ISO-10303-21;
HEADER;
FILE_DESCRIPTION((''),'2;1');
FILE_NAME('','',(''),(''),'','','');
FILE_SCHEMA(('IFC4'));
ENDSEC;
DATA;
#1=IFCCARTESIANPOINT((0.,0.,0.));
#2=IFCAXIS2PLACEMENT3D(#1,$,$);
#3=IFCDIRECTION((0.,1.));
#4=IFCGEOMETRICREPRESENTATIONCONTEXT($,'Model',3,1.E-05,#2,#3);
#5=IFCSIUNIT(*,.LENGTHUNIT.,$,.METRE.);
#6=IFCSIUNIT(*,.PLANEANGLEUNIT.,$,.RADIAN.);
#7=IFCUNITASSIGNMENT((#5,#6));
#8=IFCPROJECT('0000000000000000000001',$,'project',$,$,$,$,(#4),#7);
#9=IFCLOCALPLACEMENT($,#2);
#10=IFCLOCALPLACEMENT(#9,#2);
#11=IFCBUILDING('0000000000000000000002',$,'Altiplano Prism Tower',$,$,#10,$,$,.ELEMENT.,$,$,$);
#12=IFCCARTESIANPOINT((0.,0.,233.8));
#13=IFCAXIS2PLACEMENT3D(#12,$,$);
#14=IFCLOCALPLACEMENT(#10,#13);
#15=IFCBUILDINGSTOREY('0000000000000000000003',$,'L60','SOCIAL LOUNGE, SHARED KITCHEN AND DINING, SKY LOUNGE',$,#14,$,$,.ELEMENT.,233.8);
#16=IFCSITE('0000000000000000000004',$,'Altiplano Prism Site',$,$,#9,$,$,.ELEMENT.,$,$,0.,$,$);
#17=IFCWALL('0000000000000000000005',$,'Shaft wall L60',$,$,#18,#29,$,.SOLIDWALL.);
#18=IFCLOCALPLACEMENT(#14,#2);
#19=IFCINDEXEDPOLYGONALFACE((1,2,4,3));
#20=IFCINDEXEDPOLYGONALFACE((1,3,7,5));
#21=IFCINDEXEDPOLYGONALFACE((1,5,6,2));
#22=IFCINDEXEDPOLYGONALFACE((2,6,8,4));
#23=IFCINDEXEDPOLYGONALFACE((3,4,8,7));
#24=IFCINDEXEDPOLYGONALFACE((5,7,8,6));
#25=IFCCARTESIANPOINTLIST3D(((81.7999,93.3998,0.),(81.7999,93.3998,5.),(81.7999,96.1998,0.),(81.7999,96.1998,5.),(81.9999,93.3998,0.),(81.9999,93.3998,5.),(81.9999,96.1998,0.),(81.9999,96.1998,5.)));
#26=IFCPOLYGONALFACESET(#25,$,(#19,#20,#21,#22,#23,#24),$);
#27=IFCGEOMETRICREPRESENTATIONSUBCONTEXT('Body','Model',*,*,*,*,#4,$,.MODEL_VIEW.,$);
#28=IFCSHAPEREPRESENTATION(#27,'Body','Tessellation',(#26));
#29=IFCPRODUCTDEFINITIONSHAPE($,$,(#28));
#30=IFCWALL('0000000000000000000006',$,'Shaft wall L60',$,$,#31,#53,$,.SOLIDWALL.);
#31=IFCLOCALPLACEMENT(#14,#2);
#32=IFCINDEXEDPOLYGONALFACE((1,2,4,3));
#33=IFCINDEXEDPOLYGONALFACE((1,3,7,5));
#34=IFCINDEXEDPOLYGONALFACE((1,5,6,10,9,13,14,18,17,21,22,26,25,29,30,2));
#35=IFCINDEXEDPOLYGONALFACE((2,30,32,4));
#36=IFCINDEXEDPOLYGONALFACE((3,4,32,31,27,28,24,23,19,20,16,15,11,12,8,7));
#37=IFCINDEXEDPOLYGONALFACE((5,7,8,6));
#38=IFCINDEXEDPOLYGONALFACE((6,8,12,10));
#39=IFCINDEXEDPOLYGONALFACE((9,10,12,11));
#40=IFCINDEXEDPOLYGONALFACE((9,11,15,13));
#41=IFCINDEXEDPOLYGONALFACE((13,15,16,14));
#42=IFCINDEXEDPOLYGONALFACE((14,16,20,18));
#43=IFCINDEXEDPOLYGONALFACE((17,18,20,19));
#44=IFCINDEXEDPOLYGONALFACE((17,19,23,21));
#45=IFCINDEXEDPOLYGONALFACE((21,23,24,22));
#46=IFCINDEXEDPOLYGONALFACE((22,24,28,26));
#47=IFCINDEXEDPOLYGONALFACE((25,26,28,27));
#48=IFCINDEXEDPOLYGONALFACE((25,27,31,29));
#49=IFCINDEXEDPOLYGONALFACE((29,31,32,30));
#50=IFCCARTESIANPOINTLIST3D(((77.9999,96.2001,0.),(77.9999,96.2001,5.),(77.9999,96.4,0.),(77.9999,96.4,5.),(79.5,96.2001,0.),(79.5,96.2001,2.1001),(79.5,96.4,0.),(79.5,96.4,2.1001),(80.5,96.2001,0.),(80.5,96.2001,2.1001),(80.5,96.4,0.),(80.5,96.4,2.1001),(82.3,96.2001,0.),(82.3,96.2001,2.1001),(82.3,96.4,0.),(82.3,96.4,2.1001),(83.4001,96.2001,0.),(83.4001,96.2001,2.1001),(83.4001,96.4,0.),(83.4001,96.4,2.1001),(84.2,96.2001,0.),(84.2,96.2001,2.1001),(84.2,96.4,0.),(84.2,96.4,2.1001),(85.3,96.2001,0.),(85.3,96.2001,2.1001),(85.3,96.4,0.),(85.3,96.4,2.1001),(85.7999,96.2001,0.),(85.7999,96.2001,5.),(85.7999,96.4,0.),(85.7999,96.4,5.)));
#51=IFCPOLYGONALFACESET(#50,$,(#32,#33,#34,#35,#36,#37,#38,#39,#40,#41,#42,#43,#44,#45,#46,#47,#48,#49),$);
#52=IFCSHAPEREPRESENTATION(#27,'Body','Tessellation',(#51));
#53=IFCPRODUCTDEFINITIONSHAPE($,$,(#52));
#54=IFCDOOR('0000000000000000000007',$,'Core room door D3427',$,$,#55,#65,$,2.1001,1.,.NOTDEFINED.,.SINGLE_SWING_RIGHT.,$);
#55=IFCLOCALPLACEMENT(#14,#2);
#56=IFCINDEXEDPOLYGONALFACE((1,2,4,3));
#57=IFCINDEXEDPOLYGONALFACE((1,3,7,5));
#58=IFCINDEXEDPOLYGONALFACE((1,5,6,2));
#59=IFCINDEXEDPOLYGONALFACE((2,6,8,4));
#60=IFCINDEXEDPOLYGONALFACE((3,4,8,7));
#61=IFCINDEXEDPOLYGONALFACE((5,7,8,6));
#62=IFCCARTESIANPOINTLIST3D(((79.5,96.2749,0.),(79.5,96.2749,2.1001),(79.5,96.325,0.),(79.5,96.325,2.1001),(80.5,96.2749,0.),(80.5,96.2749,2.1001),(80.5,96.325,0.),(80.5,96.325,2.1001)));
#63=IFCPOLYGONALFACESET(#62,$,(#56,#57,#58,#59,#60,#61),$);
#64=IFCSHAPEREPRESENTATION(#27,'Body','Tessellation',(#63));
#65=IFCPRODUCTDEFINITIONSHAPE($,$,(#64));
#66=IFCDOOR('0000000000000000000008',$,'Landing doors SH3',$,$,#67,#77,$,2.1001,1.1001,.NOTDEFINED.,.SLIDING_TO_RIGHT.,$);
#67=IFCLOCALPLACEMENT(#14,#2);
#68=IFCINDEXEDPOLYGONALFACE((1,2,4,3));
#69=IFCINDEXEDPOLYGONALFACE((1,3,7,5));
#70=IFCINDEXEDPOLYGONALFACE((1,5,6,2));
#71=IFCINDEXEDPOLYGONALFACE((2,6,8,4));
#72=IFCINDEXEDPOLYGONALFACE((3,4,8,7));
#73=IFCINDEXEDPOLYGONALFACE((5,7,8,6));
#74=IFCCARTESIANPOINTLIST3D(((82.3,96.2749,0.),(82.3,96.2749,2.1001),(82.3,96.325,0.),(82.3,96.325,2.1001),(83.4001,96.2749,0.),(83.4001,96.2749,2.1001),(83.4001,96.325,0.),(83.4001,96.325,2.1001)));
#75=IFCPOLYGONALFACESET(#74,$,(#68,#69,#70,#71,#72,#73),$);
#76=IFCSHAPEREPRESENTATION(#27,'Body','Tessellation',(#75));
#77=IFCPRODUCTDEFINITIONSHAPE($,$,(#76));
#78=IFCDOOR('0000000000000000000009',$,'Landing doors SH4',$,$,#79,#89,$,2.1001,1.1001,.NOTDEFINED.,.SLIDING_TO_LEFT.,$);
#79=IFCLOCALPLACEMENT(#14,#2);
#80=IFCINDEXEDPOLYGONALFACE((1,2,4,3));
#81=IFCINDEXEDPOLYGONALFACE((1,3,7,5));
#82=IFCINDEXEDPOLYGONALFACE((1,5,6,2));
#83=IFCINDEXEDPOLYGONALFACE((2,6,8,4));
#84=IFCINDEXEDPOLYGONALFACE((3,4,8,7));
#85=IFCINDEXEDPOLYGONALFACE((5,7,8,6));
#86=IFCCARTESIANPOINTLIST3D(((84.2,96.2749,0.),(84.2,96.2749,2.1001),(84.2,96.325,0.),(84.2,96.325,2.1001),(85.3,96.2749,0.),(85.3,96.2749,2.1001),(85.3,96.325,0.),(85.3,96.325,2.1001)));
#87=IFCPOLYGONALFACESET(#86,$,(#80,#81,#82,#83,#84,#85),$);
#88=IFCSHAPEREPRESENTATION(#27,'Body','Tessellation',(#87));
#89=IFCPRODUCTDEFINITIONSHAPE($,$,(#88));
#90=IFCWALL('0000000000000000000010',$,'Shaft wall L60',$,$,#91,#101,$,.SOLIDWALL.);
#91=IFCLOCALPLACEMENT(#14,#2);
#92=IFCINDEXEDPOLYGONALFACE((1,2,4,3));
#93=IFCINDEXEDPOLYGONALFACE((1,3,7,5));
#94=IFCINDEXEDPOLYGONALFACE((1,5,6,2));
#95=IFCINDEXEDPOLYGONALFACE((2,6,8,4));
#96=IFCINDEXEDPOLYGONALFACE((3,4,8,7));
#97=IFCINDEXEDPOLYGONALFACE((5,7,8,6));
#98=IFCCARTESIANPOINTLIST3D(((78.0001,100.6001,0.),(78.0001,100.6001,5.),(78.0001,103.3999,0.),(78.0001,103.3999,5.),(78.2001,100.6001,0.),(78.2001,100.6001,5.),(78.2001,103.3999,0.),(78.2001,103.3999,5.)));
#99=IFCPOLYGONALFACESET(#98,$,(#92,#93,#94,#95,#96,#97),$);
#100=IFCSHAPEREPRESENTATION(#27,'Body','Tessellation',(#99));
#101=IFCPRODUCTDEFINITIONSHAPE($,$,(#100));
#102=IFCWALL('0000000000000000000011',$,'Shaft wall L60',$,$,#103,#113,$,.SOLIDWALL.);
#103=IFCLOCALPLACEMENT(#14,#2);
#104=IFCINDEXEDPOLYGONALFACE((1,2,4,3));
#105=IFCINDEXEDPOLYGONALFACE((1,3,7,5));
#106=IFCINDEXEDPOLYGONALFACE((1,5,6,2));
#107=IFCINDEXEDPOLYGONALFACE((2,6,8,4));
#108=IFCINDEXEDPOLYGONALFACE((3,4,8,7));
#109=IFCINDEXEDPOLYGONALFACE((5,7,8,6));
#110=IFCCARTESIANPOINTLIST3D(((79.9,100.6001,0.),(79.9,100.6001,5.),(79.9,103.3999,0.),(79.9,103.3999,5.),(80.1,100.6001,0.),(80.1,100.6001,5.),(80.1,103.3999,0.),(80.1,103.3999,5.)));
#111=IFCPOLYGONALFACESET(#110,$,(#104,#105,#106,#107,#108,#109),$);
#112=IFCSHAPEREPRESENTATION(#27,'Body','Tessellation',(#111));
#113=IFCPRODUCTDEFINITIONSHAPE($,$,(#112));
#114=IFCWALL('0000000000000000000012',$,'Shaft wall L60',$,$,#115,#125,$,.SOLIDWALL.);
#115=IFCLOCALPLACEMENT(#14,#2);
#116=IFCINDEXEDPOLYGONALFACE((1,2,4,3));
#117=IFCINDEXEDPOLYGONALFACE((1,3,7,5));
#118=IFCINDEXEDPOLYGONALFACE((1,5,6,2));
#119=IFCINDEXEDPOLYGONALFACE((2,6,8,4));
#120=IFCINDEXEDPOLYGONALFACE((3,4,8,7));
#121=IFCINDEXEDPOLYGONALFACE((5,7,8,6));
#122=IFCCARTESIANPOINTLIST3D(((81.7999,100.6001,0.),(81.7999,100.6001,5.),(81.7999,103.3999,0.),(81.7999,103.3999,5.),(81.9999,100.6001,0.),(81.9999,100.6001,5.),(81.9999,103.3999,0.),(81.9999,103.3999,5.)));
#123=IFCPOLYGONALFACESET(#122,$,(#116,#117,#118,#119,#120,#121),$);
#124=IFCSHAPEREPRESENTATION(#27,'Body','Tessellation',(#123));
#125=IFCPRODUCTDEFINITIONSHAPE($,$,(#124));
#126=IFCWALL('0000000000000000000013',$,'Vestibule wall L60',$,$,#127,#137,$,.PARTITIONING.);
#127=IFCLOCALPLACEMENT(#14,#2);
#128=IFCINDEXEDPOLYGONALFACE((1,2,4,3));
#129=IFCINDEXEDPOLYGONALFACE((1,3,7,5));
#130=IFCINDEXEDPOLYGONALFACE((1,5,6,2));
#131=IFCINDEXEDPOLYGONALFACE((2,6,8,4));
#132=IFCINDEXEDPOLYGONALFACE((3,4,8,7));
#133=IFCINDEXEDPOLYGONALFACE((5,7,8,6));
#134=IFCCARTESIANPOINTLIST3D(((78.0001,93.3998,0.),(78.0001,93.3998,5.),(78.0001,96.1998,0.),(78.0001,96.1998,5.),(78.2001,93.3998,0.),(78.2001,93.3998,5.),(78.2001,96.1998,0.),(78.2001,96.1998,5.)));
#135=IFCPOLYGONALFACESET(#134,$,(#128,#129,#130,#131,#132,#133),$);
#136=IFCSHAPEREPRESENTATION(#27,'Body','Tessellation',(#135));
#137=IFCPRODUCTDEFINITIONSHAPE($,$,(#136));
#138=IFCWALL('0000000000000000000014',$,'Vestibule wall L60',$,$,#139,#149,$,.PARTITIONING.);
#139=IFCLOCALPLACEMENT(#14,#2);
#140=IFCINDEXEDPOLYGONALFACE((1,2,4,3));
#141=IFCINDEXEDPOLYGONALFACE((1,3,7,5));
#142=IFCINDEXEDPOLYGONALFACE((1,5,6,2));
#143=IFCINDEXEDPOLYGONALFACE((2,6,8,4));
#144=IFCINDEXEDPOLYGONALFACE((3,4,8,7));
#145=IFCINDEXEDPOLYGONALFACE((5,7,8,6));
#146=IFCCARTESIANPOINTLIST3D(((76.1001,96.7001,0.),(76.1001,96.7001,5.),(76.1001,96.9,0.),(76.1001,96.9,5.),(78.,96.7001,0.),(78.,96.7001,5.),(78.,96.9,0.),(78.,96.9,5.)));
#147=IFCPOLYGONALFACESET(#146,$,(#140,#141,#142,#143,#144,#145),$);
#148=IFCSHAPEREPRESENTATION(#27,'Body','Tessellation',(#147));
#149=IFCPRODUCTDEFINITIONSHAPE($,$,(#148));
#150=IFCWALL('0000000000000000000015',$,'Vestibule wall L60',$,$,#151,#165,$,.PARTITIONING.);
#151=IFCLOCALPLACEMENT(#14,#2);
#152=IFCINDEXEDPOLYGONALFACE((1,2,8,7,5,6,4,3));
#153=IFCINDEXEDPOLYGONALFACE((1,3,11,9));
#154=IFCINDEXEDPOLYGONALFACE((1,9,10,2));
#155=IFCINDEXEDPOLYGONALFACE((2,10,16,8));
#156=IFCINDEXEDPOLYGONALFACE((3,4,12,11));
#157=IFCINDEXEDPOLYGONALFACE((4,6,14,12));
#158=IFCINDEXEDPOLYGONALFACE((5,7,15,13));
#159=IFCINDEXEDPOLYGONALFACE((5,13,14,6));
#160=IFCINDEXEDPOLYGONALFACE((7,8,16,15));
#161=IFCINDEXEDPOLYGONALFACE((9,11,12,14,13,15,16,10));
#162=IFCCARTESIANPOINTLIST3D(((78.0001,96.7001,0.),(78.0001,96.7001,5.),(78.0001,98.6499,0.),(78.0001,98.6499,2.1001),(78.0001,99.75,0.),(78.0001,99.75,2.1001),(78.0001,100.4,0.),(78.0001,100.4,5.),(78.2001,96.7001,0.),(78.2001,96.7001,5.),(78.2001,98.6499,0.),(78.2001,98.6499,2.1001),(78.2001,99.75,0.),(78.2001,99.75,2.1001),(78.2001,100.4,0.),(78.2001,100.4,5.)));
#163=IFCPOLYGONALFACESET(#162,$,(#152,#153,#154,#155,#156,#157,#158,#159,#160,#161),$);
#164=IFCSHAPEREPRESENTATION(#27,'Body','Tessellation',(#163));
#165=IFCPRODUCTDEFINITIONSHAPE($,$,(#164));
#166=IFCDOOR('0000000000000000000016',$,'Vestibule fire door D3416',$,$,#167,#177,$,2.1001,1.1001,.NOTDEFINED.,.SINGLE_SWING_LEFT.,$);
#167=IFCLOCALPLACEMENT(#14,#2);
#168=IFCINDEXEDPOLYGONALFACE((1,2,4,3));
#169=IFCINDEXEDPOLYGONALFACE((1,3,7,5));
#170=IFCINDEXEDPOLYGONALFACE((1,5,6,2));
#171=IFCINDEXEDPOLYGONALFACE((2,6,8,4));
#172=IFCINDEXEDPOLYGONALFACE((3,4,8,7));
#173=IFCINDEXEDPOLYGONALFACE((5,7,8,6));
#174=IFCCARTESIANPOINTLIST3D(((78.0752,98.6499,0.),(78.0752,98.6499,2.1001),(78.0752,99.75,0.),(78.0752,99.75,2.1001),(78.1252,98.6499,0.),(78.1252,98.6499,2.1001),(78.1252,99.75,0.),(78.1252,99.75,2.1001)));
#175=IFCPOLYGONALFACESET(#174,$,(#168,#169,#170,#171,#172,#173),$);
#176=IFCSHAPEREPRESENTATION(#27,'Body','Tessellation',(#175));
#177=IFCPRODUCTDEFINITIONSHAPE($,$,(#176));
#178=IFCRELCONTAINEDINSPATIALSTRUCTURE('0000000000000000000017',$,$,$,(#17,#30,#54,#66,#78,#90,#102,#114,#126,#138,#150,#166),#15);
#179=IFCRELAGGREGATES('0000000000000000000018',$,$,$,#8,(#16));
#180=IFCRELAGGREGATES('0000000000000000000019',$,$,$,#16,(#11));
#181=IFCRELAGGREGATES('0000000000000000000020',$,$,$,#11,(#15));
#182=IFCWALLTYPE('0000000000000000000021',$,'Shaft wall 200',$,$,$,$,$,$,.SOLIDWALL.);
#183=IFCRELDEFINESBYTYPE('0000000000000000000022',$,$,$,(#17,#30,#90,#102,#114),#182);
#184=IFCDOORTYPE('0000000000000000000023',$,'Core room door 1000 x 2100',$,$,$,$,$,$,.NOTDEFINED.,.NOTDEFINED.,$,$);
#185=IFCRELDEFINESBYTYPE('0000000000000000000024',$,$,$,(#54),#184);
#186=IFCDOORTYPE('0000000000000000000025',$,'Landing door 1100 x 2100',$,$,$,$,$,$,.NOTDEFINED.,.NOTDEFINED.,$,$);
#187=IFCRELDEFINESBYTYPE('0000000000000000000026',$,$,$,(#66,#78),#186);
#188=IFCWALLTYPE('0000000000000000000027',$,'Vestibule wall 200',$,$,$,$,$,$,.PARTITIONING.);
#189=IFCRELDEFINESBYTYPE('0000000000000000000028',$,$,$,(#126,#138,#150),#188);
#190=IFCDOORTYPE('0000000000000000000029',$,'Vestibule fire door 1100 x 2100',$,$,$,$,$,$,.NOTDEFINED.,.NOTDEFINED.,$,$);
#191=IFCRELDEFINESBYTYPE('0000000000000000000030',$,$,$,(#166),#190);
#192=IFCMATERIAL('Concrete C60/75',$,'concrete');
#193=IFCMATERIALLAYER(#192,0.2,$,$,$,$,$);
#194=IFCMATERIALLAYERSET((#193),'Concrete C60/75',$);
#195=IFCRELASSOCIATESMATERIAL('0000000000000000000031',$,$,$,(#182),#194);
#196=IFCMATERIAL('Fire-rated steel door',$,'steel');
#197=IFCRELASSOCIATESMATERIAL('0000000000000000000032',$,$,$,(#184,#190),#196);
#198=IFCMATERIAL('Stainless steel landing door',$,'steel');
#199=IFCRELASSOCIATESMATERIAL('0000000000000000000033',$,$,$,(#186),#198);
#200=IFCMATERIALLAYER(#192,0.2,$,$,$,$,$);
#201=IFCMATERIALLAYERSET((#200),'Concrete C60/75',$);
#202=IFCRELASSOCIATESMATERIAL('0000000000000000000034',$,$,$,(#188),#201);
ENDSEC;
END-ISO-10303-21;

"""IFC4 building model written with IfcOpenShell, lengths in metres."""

from ifc_helpers import new_model, si_unit, direction, frame, frame_2d, origin, place, context, subcontext, project, spatial, rectangle, extrude, material, layer, layer_set, type_object, element, fill, save


model = new_model("IFC4")

# Units and contexts
model_context = context("Model", 3, precision=1e-05, world=origin(), true_north=direction((0.0, 1.0)))
body_context = subcontext(model_context, "Body", "Model", "MODEL_VIEW")
ifc_project = project(units=[si_unit("LENGTHUNIT", "METRE"), si_unit("PLANEANGLEUNIT", "RADIAN")], contexts=[model_context])

# Site, building, storey
site_placement = place(None, origin())
site = spatial("IfcSite", under=ifc_project, at=site_placement, Name="Altiplano Prism Site", CompositionType="ELEMENT", RefElevation=0.0)
building_placement = place(site_placement, origin())
building = spatial("IfcBuilding", under=site, at=building_placement, Name="Altiplano Prism Tower", CompositionType="ELEMENT")
storey_placement = place(building_placement, frame((0.0, 0.0, 233.8)))
storey = spatial("IfcBuildingStorey", under=building, at=storey_placement, Name="L60", Description="SOCIAL LOUNGE, SHARED KITCHEN AND DINING, SKY LOUNGE", CompositionType="ELEMENT", Elevation=233.8)

# Wall
ifc_material_1 = material(Name="Concrete C60/75", Category="concrete")
ifc_layer_1 = layer(ifc_material_1, 0.2)
ifc_layer_set_1 = layer_set([ifc_layer_1], Name="Concrete C60/75")
wall_type_1 = type_object("IfcWallType", Name="Shaft wall 200", PredefinedType="SOLIDWALL", material=ifc_layer_set_1)
wall_1_placement = place(storey_placement, frame((81.8999, 93.3999, 0.0), z_axis=(0.0, 0.0, 1.0), x_axis=(0.0, 1.0, 0.0)))
element("IfcWall", 1, at=wall_1_placement, inside=storey, type_object=wall_type_1, Name="Shaft wall L60", PredefinedType="SOLIDWALL", context=body_context, shape_type="SweptSolid", body=[
    extrude(rectangle(XDim=2.8, YDim=0.2, at=frame_2d((1.3999, 0.0))), origin(), (0.0, 0.0, 1.0), 5.0),
])

# Wall, openings, doors
wall_2_placement = place(storey_placement, frame((78.0, 96.3, 0.0), z_axis=(0.0, 0.0, 1.0), x_axis=(1.0, 0.0, 0.0)))
wall_2 = element("IfcWall", 2, at=wall_2_placement, inside=storey, type_object=wall_type_1, Name="Shaft wall L60", PredefinedType="SOLIDWALL", context=body_context, shape_type="SweptSolid", body=[
    extrude(rectangle(XDim=7.8, YDim=0.2, at=frame_2d((3.8999, 0.0))), origin(), (0.0, 0.0, 1.0), 5.0),
])
opening_1_placement = place(wall_2_placement, frame((4.3, 0.0, 0.0)))
opening_1 = element("IfcOpeningElement", 3, at=opening_1_placement, cuts=wall_2, PredefinedType="OPENING", context=body_context, shape_type="SweptSolid", body=[
    extrude(rectangle(XDim=1.1001, YDim=2.1001, at=frame_2d((0.55, 1.05))), frame((0.0, 0.1104, 0.0), z_axis=(0.0, -1.0, 0.0), x_axis=(1.0, 0.0, 0.0)), (0.0, 0.0, 1.0), 0.2209),
])
opening_2_placement = place(wall_2_placement, frame((6.2, 0.0, 0.0)))
opening_2 = element("IfcOpeningElement", 4, at=opening_2_placement, cuts=wall_2, PredefinedType="OPENING", context=body_context, shape_type="SweptSolid", body=[
    extrude(rectangle(XDim=1.1001, YDim=2.1001, at=frame_2d((0.55, 1.05))), frame((0.0, 0.1104, 0.0), z_axis=(0.0, -1.0, 0.0), x_axis=(1.0, 0.0, 0.0)), (0.0, 0.0, 1.0), 0.2209),
])
opening_3_placement = place(wall_2_placement, frame((1.5, 0.0, 0.0)))
opening_3 = element("IfcOpeningElement", 5, at=opening_3_placement, cuts=wall_2, PredefinedType="OPENING", context=body_context, shape_type="SweptSolid", body=[
    extrude(rectangle(XDim=1.0, YDim=2.1001, at=frame_2d((0.5, 1.05))), frame((0.0, 0.1104, 0.0), z_axis=(0.0, -1.0, 0.0), x_axis=(1.0, 0.0, 0.0)), (0.0, 0.0, 1.0), 0.2209),
])
ifc_material_2 = material(Name="Fire-rated steel door", Category="steel")
door_type_1 = type_object("IfcDoorType", Name="Core room door 1000 x 2100", OperationType="NOTDEFINED", PredefinedType="NOTDEFINED", material=ifc_material_2)
door_1_placement = place(opening_3_placement, origin())
door_1 = element("IfcDoor", 6, at=door_1_placement, inside=storey, type_object=door_type_1, Name="Core room door D3427", OperationType="SINGLE_SWING_RIGHT", OverallHeight=2.1001, OverallWidth=1.0, PredefinedType="NOTDEFINED", context=body_context, shape_type="SweptSolid", body=[
    extrude(rectangle(XDim=1.0, YDim=2.1001, at=frame_2d((0.5, 1.05))), frame((0.0, 0.0249, 0.0), z_axis=(0.0, -1.0, 0.0), x_axis=(1.0, 0.0, 0.0)), (0.0, 0.0, 1.0), 0.05),
])
fill(opening_3, door_1)
ifc_material_3 = material(Name="Stainless steel landing door", Category="steel")
door_type_2 = type_object("IfcDoorType", Name="Landing door 1100 x 2100", OperationType="NOTDEFINED", PredefinedType="NOTDEFINED", material=ifc_material_3)
door_2_placement = place(opening_1_placement, origin())
door_2 = element("IfcDoor", 7, at=door_2_placement, inside=storey, type_object=door_type_2, Name="Landing doors SH3", OperationType="SLIDING_TO_RIGHT", OverallHeight=2.1001, OverallWidth=1.1001, PredefinedType="NOTDEFINED", context=body_context, shape_type="SweptSolid", body=[
    extrude(rectangle(XDim=1.1001, YDim=2.1001, at=frame_2d((0.55, 1.05))), frame((0.0, 0.0249, 0.0), z_axis=(0.0, -1.0, 0.0), x_axis=(1.0, 0.0, 0.0)), (0.0, 0.0, 1.0), 0.05),
])
fill(opening_1, door_2)
door_3_placement = place(opening_2_placement, origin())
door_3 = element("IfcDoor", 8, at=door_3_placement, inside=storey, type_object=door_type_2, Name="Landing doors SH4", OperationType="SLIDING_TO_LEFT", OverallHeight=2.1001, OverallWidth=1.1001, PredefinedType="NOTDEFINED", context=body_context, shape_type="SweptSolid", body=[
    extrude(rectangle(XDim=1.1001, YDim=2.1001, at=frame_2d((0.55, 1.05))), frame((0.0, 0.0249, 0.0), z_axis=(0.0, -1.0, 0.0), x_axis=(1.0, 0.0, 0.0)), (0.0, 0.0, 1.0), 0.05),
])
fill(opening_2, door_3)

# Walls
for number, where, z_axis, x_axis, name in (
    (9, (78.1001, 100.6001, 0.0), (0.0, 0.0, 1.0), (0.0, 1.0, 0.0), "Shaft wall L60"),
    (10, (80.0, 100.6001, 0.0), (0.0, 0.0, 1.0), (0.0, 1.0, 0.0), "Shaft wall L60"),
    (11, (81.8999, 100.6001, 0.0), (0.0, 0.0, 1.0), (0.0, 1.0, 0.0), "Shaft wall L60"),
):
    element("IfcWall", number, at=place(storey_placement, frame(where, z_axis=z_axis, x_axis=x_axis)), inside=storey, type_object=wall_type_1, Name=name, PredefinedType="SOLIDWALL", context=body_context, shape_type="SweptSolid", body=[
        extrude(rectangle(XDim=2.7998, YDim=0.2, at=frame_2d((1.3999, 0.0))), origin(), (0.0, 0.0, 1.0), 5.0),
    ])
ifc_layer_2 = layer(ifc_material_1, 0.2)
ifc_layer_set_2 = layer_set([ifc_layer_2], Name="Concrete C60/75")
wall_type_2 = type_object("IfcWallType", Name="Vestibule wall 200", PredefinedType="PARTITIONING", material=ifc_layer_set_2)
wall_3_placement = place(storey_placement, frame((78.1001, 93.3999, 0.0), z_axis=(0.0, 0.0, 1.0), x_axis=(0.0, 1.0, 0.0)))
element("IfcWall", 12, at=wall_3_placement, inside=storey, type_object=wall_type_2, Name="Vestibule wall L60", PredefinedType="PARTITIONING", context=body_context, shape_type="SweptSolid", body=[
    extrude(rectangle(XDim=2.8, YDim=0.2, at=frame_2d((1.3999, 0.0))), origin(), (0.0, 0.0, 1.0), 5.0),
])
wall_4_placement = place(storey_placement, frame((76.1001, 96.8, 0.0), z_axis=(0.0, 0.0, 1.0), x_axis=(1.0, 0.0, 0.0)))
element("IfcWall", 13, at=wall_4_placement, inside=storey, type_object=wall_type_2, Name="Vestibule wall L60", PredefinedType="PARTITIONING", context=body_context, shape_type="SweptSolid", body=[
    extrude(rectangle(XDim=1.8999, YDim=0.2, at=frame_2d((0.95, 0.0))), origin(), (0.0, 0.0, 1.0), 5.0),
])

# Wall, opening, door
wall_5_placement = place(storey_placement, frame((78.1001, 96.7, 0.0), z_axis=(0.0, 0.0, 1.0), x_axis=(0.0, 1.0, 0.0)))
wall_5 = element("IfcWall", 14, at=wall_5_placement, inside=storey, type_object=wall_type_2, Name="Vestibule wall L60", PredefinedType="PARTITIONING", context=body_context, shape_type="SweptSolid", body=[
    extrude(rectangle(XDim=3.7, YDim=0.2, at=frame_2d((1.8501, 0.0))), origin(), (0.0, 0.0, 1.0), 5.0),
])
opening_4_placement = place(wall_5_placement, frame((1.95, 0.0, 0.0)))
opening_4 = element("IfcOpeningElement", 15, at=opening_4_placement, cuts=wall_5, PredefinedType="OPENING", context=body_context, shape_type="SweptSolid", body=[
    extrude(rectangle(XDim=1.1001, YDim=2.1001, at=frame_2d((0.55, 1.05))), frame((0.0, 0.1104, 0.0), z_axis=(0.0, -1.0, 0.0), x_axis=(1.0, 0.0, 0.0)), (0.0, 0.0, 1.0), 0.2209),
])
door_type_3 = type_object("IfcDoorType", Name="Vestibule fire door 1100 x 2100", OperationType="NOTDEFINED", PredefinedType="NOTDEFINED", material=ifc_material_2)
door_4_placement = place(opening_4_placement, origin())
door_4 = element("IfcDoor", 16, at=door_4_placement, inside=storey, type_object=door_type_3, Name="Vestibule fire door D3416", OperationType="SINGLE_SWING_LEFT", OverallHeight=2.1001, OverallWidth=1.1001, PredefinedType="NOTDEFINED", context=body_context, shape_type="SweptSolid", body=[
    extrude(rectangle(XDim=1.1001, YDim=2.1001, at=frame_2d((0.55, 1.05))), frame((0.0, 0.0249, 0.0), z_axis=(0.0, -1.0, 0.0), x_axis=(1.0, 0.0, 0.0)), (0.0, 0.0, 1.0), 0.05),
])
fill(opening_4, door_4)

save(model, "model.ifc")
